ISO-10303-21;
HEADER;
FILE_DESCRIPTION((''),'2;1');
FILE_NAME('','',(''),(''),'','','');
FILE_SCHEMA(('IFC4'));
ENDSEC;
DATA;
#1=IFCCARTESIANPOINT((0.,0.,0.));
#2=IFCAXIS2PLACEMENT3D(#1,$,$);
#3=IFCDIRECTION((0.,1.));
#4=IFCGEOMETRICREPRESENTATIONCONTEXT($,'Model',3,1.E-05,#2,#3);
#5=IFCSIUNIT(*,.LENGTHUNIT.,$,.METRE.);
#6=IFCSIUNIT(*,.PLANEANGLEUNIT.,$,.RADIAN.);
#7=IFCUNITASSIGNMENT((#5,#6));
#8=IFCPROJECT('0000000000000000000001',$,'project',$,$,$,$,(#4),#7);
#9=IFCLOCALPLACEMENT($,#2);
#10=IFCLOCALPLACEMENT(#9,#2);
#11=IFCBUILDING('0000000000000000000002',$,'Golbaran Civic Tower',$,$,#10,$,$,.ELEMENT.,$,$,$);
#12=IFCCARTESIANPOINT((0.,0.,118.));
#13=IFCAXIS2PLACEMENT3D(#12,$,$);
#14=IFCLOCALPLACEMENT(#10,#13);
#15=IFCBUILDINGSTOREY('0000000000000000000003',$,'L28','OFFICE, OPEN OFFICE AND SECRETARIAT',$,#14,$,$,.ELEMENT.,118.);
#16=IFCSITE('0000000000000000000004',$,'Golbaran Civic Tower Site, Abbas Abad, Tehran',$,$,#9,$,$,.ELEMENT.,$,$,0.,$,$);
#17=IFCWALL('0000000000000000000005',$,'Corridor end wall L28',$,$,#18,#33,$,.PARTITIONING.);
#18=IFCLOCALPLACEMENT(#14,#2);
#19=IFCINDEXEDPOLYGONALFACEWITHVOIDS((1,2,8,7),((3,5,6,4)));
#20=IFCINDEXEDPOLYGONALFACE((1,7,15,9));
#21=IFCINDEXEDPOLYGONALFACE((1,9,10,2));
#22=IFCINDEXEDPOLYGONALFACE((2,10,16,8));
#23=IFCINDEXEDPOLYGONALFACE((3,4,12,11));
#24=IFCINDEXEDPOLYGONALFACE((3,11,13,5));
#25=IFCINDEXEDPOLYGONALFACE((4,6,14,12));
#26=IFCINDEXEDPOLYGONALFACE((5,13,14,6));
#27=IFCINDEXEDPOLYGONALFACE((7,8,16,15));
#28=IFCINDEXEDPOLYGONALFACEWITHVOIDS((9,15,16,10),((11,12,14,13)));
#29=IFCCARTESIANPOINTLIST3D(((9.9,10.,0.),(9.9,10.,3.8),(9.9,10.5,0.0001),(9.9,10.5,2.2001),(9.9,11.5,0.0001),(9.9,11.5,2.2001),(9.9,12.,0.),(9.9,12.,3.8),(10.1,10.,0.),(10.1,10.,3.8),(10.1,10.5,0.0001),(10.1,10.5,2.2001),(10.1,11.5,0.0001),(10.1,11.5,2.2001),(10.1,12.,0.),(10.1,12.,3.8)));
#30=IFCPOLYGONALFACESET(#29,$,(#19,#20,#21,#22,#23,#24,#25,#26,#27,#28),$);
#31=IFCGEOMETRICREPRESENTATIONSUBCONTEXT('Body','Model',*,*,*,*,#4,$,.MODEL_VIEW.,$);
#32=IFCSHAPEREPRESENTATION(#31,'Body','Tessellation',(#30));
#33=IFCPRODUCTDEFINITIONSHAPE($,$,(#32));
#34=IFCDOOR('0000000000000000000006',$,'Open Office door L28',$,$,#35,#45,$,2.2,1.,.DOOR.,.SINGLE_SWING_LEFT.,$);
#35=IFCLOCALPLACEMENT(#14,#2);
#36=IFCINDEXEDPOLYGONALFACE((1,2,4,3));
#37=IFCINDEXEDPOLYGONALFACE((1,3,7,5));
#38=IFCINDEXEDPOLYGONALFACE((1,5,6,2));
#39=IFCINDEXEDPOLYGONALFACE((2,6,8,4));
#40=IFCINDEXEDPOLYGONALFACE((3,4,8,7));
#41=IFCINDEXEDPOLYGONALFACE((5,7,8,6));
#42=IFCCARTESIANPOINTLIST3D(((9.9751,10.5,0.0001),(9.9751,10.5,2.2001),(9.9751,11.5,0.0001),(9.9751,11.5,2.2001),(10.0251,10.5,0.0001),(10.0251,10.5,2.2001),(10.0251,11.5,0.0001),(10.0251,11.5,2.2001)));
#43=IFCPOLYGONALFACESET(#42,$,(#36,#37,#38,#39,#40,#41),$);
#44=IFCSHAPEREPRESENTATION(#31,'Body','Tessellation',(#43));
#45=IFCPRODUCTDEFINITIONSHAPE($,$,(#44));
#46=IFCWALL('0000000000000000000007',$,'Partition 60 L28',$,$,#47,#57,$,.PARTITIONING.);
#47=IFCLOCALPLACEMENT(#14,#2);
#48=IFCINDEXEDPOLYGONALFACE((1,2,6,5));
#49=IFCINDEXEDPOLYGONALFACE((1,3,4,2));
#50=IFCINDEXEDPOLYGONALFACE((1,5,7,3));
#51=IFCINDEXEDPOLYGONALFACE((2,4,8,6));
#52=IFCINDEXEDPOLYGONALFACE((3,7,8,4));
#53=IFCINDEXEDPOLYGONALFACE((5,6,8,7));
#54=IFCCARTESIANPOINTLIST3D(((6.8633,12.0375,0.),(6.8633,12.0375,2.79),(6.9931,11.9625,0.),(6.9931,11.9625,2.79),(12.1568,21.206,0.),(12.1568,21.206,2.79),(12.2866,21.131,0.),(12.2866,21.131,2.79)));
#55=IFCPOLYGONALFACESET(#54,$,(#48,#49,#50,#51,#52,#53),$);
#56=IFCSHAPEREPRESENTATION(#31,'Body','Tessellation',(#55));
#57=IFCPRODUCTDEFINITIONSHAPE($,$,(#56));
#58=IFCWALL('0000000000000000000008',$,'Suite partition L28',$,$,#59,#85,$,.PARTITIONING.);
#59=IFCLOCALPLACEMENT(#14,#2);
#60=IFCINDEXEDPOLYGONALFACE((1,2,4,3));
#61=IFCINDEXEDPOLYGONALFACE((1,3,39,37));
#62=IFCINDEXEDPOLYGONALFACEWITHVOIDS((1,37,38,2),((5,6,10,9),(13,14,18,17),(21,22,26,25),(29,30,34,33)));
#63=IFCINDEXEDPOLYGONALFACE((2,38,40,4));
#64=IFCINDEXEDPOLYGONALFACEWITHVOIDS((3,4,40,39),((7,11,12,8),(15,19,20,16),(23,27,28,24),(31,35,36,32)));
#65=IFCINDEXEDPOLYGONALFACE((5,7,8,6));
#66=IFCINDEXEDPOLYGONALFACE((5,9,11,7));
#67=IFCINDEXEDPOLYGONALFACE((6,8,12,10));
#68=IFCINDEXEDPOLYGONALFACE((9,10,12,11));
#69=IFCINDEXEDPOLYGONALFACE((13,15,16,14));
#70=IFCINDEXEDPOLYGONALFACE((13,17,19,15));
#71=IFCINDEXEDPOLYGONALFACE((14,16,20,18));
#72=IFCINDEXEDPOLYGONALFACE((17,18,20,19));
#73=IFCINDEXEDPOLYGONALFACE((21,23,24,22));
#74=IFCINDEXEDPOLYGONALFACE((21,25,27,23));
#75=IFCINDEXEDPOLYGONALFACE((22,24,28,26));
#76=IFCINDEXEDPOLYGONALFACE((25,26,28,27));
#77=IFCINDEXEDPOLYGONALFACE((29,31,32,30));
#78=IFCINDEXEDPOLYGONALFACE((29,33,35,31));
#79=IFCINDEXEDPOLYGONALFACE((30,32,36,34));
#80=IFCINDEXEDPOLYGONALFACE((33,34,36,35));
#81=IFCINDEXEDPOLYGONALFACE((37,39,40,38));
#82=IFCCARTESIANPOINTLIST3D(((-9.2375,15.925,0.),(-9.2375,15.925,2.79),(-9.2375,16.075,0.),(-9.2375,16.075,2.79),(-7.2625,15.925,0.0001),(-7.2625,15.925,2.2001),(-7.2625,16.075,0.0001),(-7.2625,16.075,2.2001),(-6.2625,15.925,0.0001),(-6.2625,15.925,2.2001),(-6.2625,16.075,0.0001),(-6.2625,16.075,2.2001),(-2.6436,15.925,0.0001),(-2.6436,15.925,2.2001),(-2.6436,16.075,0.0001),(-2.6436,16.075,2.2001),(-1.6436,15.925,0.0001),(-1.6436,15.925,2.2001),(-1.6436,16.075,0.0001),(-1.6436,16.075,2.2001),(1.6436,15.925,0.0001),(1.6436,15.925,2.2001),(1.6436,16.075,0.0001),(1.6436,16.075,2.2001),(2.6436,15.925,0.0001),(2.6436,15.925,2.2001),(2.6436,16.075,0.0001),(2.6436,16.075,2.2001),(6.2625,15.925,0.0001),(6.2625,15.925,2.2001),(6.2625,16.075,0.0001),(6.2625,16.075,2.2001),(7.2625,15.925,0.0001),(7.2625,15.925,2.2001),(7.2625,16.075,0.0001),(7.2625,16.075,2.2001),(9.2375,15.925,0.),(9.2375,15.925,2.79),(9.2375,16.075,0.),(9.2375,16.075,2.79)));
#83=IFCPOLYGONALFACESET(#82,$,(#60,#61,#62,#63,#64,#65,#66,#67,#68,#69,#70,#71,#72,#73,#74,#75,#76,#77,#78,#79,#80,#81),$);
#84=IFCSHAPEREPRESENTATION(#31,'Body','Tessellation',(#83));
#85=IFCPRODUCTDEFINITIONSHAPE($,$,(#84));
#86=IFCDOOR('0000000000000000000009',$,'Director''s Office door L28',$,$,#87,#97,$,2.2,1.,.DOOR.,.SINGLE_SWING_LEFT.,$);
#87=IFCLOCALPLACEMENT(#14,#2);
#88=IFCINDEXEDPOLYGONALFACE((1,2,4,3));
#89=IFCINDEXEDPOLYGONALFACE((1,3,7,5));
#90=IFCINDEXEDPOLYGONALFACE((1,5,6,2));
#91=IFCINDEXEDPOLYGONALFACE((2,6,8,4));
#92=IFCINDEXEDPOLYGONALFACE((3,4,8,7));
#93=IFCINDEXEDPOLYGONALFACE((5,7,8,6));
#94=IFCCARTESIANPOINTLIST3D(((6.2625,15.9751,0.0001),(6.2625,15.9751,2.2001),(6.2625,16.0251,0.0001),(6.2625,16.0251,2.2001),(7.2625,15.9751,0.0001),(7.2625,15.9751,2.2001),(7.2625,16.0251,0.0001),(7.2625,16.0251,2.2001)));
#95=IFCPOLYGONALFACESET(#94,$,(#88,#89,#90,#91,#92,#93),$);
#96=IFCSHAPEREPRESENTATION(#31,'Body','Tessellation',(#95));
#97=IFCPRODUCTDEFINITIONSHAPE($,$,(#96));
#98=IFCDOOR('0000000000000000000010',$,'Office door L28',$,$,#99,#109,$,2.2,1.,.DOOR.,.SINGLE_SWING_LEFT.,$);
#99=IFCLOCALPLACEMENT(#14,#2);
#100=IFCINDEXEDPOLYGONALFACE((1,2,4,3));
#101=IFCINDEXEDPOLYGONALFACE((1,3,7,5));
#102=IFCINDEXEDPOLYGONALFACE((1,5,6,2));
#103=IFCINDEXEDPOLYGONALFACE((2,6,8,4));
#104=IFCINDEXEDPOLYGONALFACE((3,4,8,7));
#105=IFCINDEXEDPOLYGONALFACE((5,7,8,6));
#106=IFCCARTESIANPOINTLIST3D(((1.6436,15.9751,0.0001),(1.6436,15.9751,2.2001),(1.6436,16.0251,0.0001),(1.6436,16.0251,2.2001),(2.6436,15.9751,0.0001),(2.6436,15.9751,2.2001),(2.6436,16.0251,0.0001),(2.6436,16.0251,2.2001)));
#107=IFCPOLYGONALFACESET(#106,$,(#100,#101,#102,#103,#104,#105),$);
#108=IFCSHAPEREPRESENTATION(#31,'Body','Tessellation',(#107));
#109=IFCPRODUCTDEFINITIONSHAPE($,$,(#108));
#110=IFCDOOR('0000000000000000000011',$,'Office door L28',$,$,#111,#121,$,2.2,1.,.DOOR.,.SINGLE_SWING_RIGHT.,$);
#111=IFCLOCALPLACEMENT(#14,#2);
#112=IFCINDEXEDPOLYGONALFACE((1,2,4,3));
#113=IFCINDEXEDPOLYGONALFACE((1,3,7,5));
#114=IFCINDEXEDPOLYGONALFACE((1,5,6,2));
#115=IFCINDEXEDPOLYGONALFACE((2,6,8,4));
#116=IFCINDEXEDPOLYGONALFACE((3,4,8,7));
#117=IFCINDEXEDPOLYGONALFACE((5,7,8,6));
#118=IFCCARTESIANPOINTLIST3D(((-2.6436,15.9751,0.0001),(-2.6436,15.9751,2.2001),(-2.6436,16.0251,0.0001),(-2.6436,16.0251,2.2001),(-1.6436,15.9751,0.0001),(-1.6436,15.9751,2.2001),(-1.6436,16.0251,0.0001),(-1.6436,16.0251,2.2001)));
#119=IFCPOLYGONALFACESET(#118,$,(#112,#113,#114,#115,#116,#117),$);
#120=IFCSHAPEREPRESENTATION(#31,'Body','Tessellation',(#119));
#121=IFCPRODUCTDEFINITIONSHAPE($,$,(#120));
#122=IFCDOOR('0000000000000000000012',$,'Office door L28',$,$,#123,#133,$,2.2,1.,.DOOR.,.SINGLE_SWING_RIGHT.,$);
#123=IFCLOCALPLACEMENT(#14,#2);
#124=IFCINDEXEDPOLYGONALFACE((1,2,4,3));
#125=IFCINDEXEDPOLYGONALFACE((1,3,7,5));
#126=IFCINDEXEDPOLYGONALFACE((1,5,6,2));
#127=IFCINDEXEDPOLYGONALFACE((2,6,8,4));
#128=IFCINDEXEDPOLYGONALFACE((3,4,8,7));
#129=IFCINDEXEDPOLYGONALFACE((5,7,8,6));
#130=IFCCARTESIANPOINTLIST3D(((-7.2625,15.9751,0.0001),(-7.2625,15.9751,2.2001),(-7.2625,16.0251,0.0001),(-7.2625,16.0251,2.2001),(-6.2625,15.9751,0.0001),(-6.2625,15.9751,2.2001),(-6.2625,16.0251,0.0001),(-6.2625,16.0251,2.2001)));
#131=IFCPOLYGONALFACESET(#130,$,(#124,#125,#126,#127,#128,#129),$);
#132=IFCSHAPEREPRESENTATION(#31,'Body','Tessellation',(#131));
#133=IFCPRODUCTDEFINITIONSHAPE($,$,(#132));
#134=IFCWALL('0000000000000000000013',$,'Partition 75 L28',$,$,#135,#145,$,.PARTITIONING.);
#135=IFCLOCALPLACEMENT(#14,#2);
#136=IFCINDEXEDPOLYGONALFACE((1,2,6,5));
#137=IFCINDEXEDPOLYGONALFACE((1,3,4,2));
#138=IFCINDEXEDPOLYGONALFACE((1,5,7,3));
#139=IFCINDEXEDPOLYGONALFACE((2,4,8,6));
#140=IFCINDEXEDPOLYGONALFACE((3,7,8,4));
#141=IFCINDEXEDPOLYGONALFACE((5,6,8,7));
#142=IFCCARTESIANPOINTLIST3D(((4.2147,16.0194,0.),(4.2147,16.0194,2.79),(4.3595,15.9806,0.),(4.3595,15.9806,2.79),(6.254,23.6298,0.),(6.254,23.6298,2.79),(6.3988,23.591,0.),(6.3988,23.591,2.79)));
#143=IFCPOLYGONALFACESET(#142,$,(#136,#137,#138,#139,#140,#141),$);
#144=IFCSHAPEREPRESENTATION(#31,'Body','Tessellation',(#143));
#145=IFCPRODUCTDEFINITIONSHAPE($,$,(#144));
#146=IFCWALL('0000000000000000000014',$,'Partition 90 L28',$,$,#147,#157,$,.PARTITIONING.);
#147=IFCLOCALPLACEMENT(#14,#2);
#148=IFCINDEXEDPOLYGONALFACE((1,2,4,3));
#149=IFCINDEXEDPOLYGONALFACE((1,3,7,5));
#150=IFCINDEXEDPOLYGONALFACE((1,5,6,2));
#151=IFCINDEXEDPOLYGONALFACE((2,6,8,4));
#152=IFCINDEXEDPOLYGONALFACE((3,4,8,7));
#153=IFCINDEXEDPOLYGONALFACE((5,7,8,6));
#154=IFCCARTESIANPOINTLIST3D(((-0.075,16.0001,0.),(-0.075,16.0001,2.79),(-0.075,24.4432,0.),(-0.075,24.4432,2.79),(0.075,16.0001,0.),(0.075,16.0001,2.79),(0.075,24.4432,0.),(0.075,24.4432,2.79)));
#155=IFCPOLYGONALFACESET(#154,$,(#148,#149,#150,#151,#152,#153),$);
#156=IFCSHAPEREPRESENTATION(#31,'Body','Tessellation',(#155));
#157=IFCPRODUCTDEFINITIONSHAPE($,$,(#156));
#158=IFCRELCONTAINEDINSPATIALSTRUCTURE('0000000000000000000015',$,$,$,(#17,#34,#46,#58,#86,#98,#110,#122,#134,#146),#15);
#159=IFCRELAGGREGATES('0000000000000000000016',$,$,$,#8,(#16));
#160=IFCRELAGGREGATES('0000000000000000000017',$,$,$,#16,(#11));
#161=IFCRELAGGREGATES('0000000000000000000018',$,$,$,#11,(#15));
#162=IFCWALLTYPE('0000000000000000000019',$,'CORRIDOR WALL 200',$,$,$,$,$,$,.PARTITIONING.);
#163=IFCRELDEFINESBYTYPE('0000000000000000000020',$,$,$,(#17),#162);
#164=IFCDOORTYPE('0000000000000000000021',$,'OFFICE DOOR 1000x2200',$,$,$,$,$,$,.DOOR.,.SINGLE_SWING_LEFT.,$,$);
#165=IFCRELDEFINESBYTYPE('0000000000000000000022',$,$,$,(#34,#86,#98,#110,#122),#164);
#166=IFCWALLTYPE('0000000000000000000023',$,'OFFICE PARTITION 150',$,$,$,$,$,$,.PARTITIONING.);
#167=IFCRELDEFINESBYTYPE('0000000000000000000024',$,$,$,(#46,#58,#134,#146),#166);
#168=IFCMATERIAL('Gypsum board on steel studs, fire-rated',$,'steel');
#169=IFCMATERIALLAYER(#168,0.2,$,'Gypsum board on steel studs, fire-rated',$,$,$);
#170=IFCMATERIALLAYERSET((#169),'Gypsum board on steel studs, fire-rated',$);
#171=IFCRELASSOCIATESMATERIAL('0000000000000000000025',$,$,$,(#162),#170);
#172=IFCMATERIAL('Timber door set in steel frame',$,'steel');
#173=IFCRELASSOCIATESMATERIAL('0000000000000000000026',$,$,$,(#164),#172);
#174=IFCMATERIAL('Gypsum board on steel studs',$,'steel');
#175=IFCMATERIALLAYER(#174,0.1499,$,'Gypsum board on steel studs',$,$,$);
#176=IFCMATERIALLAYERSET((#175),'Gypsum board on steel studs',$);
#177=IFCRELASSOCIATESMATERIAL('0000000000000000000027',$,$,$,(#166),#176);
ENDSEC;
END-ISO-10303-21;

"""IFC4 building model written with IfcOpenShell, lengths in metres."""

from ifc_helpers import new_model, si_unit, direction, frame, frame_2d, origin, place, context, subcontext, project, spatial, rectangle, extrude, material, layer, layer_set, type_object, element, fill, save


model = new_model("IFC4")

# Units and contexts
model_context = context("Model", 3, precision=1e-05, world=origin(), true_north=direction((0.0, 1.0)))
body_context = subcontext(model_context, "Body", "Model", "MODEL_VIEW")
ifc_project = project(units=[si_unit("LENGTHUNIT", "METRE"), si_unit("PLANEANGLEUNIT", "RADIAN")], contexts=[model_context])

# Site, building, storey
site_placement = place(None, origin())
site = spatial("IfcSite", under=ifc_project, at=site_placement, Name="Golbaran Civic Tower Site, Abbas Abad, Tehran", CompositionType="ELEMENT", RefElevation=0.0)
building_placement = place(site_placement, origin())
building = spatial("IfcBuilding", under=site, at=building_placement, Name="Golbaran Civic Tower", CompositionType="ELEMENT")
storey_placement = place(building_placement, frame((0.0, 0.0, 118.0)))
storey = spatial("IfcBuildingStorey", under=building, at=storey_placement, Name="L28", Description="OFFICE, OPEN OFFICE AND SECRETARIAT", CompositionType="ELEMENT", Elevation=118.0)

# Shared definitions
ifc_material_1 = material(Name="Gypsum board on steel studs, fire-rated", Category="steel")
ifc_layer_1 = layer(ifc_material_1, 0.2, Name="Gypsum board on steel studs, fire-rated")
ifc_layer_set_1 = layer_set([ifc_layer_1], Name="Gypsum board on steel studs, fire-rated")
wall_type_1 = type_object("IfcWallType", Name="CORRIDOR WALL 200", PredefinedType="PARTITIONING", material=ifc_layer_set_1)

# Wall, opening, door
ifc_material_2 = material(Name="Timber door set in steel frame", Category="steel")
wall_1_placement = place(storey_placement, frame((10.0, 10.0, 0.0), z_axis=(0.0, 0.0, 1.0), x_axis=(0.0, 1.0, 0.0)))
wall_1 = element("IfcWall", 1, at=wall_1_placement, inside=storey, type_object=wall_type_1, Name="Corridor end wall L28", PredefinedType="PARTITIONING", context=body_context, shape_type="SweptSolid", body=[
    extrude(rectangle(XDim=2.0, YDim=0.2, at=frame_2d((1.0, 0.0))), origin(), (0.0, 0.0, 1.0), 3.8),
])
opening_1_placement = place(wall_1_placement, frame((0.5, 0.0, 0.0)))
opening_1 = element("IfcOpeningElement", 2, at=opening_1_placement, cuts=wall_1, PredefinedType="OPENING", context=body_context, shape_type="SweptSolid", body=[
    extrude(rectangle(XDim=1.0, YDim=2.2, at=frame_2d((0.5, 1.1001))), frame((0.0, 0.1099, 0.0), z_axis=(0.0, -1.0, 0.0), x_axis=(1.0, 0.0, 0.0)), (0.0, 0.0, 1.0), 0.22),
])
door_type_1 = type_object("IfcDoorType", Name="OFFICE DOOR 1000x2200", OperationType="SINGLE_SWING_LEFT", PredefinedType="DOOR", material=ifc_material_2)
door_1_placement = place(opening_1_placement, origin())
door_1 = element("IfcDoor", 3, at=door_1_placement, inside=storey, type_object=door_type_1, Name="Open Office door L28", OperationType="SINGLE_SWING_LEFT", OverallHeight=2.2, OverallWidth=1.0, PredefinedType="DOOR", context=body_context, shape_type="SweptSolid", body=[
    extrude(rectangle(XDim=1.0, YDim=2.2, at=frame_2d((0.5, 1.1001))), frame((0.0, 0.0249, 0.0), z_axis=(0.0, -1.0, 0.0), x_axis=(1.0, 0.0, 0.0)), (0.0, 0.0, 1.0), 0.05),
])
fill(opening_1, door_1)

# Wall
ifc_material_3 = material(Name="Gypsum board on steel studs", Category="steel")
ifc_layer_2 = layer(ifc_material_3, 0.1499, Name="Gypsum board on steel studs")
ifc_layer_set_2 = layer_set([ifc_layer_2], Name="Gypsum board on steel studs")
wall_type_2 = type_object("IfcWallType", Name="OFFICE PARTITION 150", PredefinedType="PARTITIONING", material=ifc_layer_set_2)
wall_2_placement = place(storey_placement, frame((6.9282, 12.0, 0.0), z_axis=(0.0, 0.0, 1.0), x_axis=(0.500003, 0.866024, 0.0)))
element("IfcWall", 4, at=wall_2_placement, inside=storey, type_object=wall_type_2, Name="Partition 60 L28", PredefinedType="PARTITIONING", context=body_context, shape_type="SweptSolid", body=[
    extrude(rectangle(XDim=10.5869, YDim=0.1499, at=frame_2d((5.2935, 0.0))), origin(), (0.0, 0.0, 1.0), 2.79),
])

# Wall, openings, doors
wall_3_placement = place(storey_placement, frame((9.2375, 16.0, 0.0), z_axis=(0.0, 0.0, 1.0), x_axis=(-1.0, 0.0, 0.0)))
wall_3 = element("IfcWall", 5, at=wall_3_placement, inside=storey, type_object=wall_type_2, Name="Suite partition L28", PredefinedType="PARTITIONING", context=body_context, shape_type="SweptSolid", body=[
    extrude(rectangle(XDim=18.4751, YDim=0.1499, at=frame_2d((9.2375, 0.0))), origin(), (0.0, 0.0, 1.0), 2.79),
])
opening_2_placement = place(wall_3_placement, frame((1.9751, 0.0, 0.0)))
opening_2 = element("IfcOpeningElement", 6, at=opening_2_placement, cuts=wall_3, PredefinedType="OPENING", context=body_context, shape_type="SweptSolid", body=[
    extrude(rectangle(XDim=1.0, YDim=2.2, at=frame_2d((0.5, 1.1001))), frame((0.0, 0.085, 0.0), z_axis=(0.0, -1.0, 0.0), x_axis=(1.0, 0.0, 0.0)), (0.0, 0.0, 1.0), 0.1699),
])
opening_3_placement = place(wall_3_placement, frame((6.594, 0.0, 0.0)))
opening_3 = element("IfcOpeningElement", 7, at=opening_3_placement, cuts=wall_3, PredefinedType="OPENING", context=body_context, shape_type="SweptSolid", body=[
    extrude(rectangle(XDim=1.0, YDim=2.2, at=frame_2d((0.5, 1.1001))), frame((0.0, 0.085, 0.0), z_axis=(0.0, -1.0, 0.0), x_axis=(1.0, 0.0, 0.0)), (0.0, 0.0, 1.0), 0.1699),
])
opening_4_placement = place(wall_3_placement, frame((10.8811, 0.0, 0.0)))
opening_4 = element("IfcOpeningElement", 8, at=opening_4_placement, cuts=wall_3, PredefinedType="OPENING", context=body_context, shape_type="SweptSolid", body=[
    extrude(rectangle(XDim=1.0, YDim=2.2, at=frame_2d((0.5, 1.1001))), frame((0.0, 0.085, 0.0), z_axis=(0.0, -1.0, 0.0), x_axis=(1.0, 0.0, 0.0)), (0.0, 0.0, 1.0), 0.1699),
])
opening_5_placement = place(wall_3_placement, frame((15.5, 0.0, 0.0)))
opening_5 = element("IfcOpeningElement", 9, at=opening_5_placement, cuts=wall_3, PredefinedType="OPENING", context=body_context, shape_type="SweptSolid", body=[
    extrude(rectangle(XDim=1.0, YDim=2.2, at=frame_2d((0.5, 1.1001))), frame((0.0, 0.085, 0.0), z_axis=(0.0, -1.0, 0.0), x_axis=(1.0, 0.0, 0.0)), (0.0, 0.0, 1.0), 0.1699),
])
door_2_placement = place(opening_2_placement, origin())
door_2 = element("IfcDoor", 10, at=door_2_placement, inside=storey, type_object=door_type_1, Name="Director's Office door L28", OperationType="SINGLE_SWING_LEFT", OverallHeight=2.2, OverallWidth=1.0, PredefinedType="DOOR", context=body_context, shape_type="SweptSolid", body=[
    extrude(rectangle(XDim=1.0, YDim=2.2, at=frame_2d((0.5, 1.1001))), frame((0.0, 0.0249, 0.0), z_axis=(0.0, -1.0, 0.0), x_axis=(1.0, 0.0, 0.0)), (0.0, 0.0, 1.0), 0.05),
])
fill(opening_2, door_2)
door_3_placement = place(opening_3_placement, origin())
door_3 = element("IfcDoor", 11, at=door_3_placement, inside=storey, type_object=door_type_1, Name="Office door L28", OperationType="SINGLE_SWING_LEFT", OverallHeight=2.2, OverallWidth=1.0, PredefinedType="DOOR", context=body_context, shape_type="SweptSolid", body=[
    extrude(rectangle(XDim=1.0, YDim=2.2, at=frame_2d((0.5, 1.1001))), frame((0.0, 0.0249, 0.0), z_axis=(0.0, -1.0, 0.0), x_axis=(1.0, 0.0, 0.0)), (0.0, 0.0, 1.0), 0.05),
])
fill(opening_3, door_3)
door_4_placement = place(opening_4_placement, origin())
door_4 = element("IfcDoor", 12, at=door_4_placement, inside=storey, type_object=door_type_1, Name="Office door L28", OperationType="SINGLE_SWING_RIGHT", OverallHeight=2.2, OverallWidth=1.0, PredefinedType="DOOR", context=body_context, shape_type="SweptSolid", body=[
    extrude(rectangle(XDim=1.0, YDim=2.2, at=frame_2d((0.5, 1.1001))), frame((0.0, 0.0249, 0.0), z_axis=(0.0, -1.0, 0.0), x_axis=(1.0, 0.0, 0.0)), (0.0, 0.0, 1.0), 0.05),
])
fill(opening_4, door_4)
door_5_placement = place(opening_5_placement, origin())
door_5 = element("IfcDoor", 13, at=door_5_placement, inside=storey, type_object=door_type_1, Name="Office door L28", OperationType="SINGLE_SWING_RIGHT", OverallHeight=2.2, OverallWidth=1.0, PredefinedType="DOOR", context=body_context, shape_type="SweptSolid", body=[
    extrude(rectangle(XDim=1.0, YDim=2.2, at=frame_2d((0.5, 1.1001))), frame((0.0, 0.0249, 0.0), z_axis=(0.0, -1.0, 0.0), x_axis=(1.0, 0.0, 0.0)), (0.0, 0.0, 1.0), 0.05),
])
fill(opening_5, door_5)

# Walls
wall_4_placement = place(storey_placement, frame((4.2871, 16.0, 0.0), z_axis=(0.0, 0.0, 1.0), x_axis=(0.258833, 0.965922, 0.0)))
element("IfcWall", 14, at=wall_4_placement, inside=storey, type_object=wall_type_2, Name="Partition 75 L28", PredefinedType="PARTITIONING", context=body_context, shape_type="SweptSolid", body=[
    extrude(rectangle(XDim=7.8789, YDim=0.1499, at=frame_2d((3.9395, 0.0))), origin(), (0.0, 0.0, 1.0), 2.79),
])
wall_5_placement = place(storey_placement, frame((0.0, 16.0, 0.0), z_axis=(0.0, 0.0, 1.0), x_axis=(0.0, 1.0, 0.0)))
element("IfcWall", 15, at=wall_5_placement, inside=storey, type_object=wall_type_2, Name="Partition 90 L28", PredefinedType="PARTITIONING", context=body_context, shape_type="SweptSolid", body=[
    extrude(rectangle(XDim=8.4431, YDim=0.1499, at=frame_2d((4.2217, 0.0))), origin(), (0.0, 0.0, 1.0), 2.79),
])

save(model, "model.ifc")
